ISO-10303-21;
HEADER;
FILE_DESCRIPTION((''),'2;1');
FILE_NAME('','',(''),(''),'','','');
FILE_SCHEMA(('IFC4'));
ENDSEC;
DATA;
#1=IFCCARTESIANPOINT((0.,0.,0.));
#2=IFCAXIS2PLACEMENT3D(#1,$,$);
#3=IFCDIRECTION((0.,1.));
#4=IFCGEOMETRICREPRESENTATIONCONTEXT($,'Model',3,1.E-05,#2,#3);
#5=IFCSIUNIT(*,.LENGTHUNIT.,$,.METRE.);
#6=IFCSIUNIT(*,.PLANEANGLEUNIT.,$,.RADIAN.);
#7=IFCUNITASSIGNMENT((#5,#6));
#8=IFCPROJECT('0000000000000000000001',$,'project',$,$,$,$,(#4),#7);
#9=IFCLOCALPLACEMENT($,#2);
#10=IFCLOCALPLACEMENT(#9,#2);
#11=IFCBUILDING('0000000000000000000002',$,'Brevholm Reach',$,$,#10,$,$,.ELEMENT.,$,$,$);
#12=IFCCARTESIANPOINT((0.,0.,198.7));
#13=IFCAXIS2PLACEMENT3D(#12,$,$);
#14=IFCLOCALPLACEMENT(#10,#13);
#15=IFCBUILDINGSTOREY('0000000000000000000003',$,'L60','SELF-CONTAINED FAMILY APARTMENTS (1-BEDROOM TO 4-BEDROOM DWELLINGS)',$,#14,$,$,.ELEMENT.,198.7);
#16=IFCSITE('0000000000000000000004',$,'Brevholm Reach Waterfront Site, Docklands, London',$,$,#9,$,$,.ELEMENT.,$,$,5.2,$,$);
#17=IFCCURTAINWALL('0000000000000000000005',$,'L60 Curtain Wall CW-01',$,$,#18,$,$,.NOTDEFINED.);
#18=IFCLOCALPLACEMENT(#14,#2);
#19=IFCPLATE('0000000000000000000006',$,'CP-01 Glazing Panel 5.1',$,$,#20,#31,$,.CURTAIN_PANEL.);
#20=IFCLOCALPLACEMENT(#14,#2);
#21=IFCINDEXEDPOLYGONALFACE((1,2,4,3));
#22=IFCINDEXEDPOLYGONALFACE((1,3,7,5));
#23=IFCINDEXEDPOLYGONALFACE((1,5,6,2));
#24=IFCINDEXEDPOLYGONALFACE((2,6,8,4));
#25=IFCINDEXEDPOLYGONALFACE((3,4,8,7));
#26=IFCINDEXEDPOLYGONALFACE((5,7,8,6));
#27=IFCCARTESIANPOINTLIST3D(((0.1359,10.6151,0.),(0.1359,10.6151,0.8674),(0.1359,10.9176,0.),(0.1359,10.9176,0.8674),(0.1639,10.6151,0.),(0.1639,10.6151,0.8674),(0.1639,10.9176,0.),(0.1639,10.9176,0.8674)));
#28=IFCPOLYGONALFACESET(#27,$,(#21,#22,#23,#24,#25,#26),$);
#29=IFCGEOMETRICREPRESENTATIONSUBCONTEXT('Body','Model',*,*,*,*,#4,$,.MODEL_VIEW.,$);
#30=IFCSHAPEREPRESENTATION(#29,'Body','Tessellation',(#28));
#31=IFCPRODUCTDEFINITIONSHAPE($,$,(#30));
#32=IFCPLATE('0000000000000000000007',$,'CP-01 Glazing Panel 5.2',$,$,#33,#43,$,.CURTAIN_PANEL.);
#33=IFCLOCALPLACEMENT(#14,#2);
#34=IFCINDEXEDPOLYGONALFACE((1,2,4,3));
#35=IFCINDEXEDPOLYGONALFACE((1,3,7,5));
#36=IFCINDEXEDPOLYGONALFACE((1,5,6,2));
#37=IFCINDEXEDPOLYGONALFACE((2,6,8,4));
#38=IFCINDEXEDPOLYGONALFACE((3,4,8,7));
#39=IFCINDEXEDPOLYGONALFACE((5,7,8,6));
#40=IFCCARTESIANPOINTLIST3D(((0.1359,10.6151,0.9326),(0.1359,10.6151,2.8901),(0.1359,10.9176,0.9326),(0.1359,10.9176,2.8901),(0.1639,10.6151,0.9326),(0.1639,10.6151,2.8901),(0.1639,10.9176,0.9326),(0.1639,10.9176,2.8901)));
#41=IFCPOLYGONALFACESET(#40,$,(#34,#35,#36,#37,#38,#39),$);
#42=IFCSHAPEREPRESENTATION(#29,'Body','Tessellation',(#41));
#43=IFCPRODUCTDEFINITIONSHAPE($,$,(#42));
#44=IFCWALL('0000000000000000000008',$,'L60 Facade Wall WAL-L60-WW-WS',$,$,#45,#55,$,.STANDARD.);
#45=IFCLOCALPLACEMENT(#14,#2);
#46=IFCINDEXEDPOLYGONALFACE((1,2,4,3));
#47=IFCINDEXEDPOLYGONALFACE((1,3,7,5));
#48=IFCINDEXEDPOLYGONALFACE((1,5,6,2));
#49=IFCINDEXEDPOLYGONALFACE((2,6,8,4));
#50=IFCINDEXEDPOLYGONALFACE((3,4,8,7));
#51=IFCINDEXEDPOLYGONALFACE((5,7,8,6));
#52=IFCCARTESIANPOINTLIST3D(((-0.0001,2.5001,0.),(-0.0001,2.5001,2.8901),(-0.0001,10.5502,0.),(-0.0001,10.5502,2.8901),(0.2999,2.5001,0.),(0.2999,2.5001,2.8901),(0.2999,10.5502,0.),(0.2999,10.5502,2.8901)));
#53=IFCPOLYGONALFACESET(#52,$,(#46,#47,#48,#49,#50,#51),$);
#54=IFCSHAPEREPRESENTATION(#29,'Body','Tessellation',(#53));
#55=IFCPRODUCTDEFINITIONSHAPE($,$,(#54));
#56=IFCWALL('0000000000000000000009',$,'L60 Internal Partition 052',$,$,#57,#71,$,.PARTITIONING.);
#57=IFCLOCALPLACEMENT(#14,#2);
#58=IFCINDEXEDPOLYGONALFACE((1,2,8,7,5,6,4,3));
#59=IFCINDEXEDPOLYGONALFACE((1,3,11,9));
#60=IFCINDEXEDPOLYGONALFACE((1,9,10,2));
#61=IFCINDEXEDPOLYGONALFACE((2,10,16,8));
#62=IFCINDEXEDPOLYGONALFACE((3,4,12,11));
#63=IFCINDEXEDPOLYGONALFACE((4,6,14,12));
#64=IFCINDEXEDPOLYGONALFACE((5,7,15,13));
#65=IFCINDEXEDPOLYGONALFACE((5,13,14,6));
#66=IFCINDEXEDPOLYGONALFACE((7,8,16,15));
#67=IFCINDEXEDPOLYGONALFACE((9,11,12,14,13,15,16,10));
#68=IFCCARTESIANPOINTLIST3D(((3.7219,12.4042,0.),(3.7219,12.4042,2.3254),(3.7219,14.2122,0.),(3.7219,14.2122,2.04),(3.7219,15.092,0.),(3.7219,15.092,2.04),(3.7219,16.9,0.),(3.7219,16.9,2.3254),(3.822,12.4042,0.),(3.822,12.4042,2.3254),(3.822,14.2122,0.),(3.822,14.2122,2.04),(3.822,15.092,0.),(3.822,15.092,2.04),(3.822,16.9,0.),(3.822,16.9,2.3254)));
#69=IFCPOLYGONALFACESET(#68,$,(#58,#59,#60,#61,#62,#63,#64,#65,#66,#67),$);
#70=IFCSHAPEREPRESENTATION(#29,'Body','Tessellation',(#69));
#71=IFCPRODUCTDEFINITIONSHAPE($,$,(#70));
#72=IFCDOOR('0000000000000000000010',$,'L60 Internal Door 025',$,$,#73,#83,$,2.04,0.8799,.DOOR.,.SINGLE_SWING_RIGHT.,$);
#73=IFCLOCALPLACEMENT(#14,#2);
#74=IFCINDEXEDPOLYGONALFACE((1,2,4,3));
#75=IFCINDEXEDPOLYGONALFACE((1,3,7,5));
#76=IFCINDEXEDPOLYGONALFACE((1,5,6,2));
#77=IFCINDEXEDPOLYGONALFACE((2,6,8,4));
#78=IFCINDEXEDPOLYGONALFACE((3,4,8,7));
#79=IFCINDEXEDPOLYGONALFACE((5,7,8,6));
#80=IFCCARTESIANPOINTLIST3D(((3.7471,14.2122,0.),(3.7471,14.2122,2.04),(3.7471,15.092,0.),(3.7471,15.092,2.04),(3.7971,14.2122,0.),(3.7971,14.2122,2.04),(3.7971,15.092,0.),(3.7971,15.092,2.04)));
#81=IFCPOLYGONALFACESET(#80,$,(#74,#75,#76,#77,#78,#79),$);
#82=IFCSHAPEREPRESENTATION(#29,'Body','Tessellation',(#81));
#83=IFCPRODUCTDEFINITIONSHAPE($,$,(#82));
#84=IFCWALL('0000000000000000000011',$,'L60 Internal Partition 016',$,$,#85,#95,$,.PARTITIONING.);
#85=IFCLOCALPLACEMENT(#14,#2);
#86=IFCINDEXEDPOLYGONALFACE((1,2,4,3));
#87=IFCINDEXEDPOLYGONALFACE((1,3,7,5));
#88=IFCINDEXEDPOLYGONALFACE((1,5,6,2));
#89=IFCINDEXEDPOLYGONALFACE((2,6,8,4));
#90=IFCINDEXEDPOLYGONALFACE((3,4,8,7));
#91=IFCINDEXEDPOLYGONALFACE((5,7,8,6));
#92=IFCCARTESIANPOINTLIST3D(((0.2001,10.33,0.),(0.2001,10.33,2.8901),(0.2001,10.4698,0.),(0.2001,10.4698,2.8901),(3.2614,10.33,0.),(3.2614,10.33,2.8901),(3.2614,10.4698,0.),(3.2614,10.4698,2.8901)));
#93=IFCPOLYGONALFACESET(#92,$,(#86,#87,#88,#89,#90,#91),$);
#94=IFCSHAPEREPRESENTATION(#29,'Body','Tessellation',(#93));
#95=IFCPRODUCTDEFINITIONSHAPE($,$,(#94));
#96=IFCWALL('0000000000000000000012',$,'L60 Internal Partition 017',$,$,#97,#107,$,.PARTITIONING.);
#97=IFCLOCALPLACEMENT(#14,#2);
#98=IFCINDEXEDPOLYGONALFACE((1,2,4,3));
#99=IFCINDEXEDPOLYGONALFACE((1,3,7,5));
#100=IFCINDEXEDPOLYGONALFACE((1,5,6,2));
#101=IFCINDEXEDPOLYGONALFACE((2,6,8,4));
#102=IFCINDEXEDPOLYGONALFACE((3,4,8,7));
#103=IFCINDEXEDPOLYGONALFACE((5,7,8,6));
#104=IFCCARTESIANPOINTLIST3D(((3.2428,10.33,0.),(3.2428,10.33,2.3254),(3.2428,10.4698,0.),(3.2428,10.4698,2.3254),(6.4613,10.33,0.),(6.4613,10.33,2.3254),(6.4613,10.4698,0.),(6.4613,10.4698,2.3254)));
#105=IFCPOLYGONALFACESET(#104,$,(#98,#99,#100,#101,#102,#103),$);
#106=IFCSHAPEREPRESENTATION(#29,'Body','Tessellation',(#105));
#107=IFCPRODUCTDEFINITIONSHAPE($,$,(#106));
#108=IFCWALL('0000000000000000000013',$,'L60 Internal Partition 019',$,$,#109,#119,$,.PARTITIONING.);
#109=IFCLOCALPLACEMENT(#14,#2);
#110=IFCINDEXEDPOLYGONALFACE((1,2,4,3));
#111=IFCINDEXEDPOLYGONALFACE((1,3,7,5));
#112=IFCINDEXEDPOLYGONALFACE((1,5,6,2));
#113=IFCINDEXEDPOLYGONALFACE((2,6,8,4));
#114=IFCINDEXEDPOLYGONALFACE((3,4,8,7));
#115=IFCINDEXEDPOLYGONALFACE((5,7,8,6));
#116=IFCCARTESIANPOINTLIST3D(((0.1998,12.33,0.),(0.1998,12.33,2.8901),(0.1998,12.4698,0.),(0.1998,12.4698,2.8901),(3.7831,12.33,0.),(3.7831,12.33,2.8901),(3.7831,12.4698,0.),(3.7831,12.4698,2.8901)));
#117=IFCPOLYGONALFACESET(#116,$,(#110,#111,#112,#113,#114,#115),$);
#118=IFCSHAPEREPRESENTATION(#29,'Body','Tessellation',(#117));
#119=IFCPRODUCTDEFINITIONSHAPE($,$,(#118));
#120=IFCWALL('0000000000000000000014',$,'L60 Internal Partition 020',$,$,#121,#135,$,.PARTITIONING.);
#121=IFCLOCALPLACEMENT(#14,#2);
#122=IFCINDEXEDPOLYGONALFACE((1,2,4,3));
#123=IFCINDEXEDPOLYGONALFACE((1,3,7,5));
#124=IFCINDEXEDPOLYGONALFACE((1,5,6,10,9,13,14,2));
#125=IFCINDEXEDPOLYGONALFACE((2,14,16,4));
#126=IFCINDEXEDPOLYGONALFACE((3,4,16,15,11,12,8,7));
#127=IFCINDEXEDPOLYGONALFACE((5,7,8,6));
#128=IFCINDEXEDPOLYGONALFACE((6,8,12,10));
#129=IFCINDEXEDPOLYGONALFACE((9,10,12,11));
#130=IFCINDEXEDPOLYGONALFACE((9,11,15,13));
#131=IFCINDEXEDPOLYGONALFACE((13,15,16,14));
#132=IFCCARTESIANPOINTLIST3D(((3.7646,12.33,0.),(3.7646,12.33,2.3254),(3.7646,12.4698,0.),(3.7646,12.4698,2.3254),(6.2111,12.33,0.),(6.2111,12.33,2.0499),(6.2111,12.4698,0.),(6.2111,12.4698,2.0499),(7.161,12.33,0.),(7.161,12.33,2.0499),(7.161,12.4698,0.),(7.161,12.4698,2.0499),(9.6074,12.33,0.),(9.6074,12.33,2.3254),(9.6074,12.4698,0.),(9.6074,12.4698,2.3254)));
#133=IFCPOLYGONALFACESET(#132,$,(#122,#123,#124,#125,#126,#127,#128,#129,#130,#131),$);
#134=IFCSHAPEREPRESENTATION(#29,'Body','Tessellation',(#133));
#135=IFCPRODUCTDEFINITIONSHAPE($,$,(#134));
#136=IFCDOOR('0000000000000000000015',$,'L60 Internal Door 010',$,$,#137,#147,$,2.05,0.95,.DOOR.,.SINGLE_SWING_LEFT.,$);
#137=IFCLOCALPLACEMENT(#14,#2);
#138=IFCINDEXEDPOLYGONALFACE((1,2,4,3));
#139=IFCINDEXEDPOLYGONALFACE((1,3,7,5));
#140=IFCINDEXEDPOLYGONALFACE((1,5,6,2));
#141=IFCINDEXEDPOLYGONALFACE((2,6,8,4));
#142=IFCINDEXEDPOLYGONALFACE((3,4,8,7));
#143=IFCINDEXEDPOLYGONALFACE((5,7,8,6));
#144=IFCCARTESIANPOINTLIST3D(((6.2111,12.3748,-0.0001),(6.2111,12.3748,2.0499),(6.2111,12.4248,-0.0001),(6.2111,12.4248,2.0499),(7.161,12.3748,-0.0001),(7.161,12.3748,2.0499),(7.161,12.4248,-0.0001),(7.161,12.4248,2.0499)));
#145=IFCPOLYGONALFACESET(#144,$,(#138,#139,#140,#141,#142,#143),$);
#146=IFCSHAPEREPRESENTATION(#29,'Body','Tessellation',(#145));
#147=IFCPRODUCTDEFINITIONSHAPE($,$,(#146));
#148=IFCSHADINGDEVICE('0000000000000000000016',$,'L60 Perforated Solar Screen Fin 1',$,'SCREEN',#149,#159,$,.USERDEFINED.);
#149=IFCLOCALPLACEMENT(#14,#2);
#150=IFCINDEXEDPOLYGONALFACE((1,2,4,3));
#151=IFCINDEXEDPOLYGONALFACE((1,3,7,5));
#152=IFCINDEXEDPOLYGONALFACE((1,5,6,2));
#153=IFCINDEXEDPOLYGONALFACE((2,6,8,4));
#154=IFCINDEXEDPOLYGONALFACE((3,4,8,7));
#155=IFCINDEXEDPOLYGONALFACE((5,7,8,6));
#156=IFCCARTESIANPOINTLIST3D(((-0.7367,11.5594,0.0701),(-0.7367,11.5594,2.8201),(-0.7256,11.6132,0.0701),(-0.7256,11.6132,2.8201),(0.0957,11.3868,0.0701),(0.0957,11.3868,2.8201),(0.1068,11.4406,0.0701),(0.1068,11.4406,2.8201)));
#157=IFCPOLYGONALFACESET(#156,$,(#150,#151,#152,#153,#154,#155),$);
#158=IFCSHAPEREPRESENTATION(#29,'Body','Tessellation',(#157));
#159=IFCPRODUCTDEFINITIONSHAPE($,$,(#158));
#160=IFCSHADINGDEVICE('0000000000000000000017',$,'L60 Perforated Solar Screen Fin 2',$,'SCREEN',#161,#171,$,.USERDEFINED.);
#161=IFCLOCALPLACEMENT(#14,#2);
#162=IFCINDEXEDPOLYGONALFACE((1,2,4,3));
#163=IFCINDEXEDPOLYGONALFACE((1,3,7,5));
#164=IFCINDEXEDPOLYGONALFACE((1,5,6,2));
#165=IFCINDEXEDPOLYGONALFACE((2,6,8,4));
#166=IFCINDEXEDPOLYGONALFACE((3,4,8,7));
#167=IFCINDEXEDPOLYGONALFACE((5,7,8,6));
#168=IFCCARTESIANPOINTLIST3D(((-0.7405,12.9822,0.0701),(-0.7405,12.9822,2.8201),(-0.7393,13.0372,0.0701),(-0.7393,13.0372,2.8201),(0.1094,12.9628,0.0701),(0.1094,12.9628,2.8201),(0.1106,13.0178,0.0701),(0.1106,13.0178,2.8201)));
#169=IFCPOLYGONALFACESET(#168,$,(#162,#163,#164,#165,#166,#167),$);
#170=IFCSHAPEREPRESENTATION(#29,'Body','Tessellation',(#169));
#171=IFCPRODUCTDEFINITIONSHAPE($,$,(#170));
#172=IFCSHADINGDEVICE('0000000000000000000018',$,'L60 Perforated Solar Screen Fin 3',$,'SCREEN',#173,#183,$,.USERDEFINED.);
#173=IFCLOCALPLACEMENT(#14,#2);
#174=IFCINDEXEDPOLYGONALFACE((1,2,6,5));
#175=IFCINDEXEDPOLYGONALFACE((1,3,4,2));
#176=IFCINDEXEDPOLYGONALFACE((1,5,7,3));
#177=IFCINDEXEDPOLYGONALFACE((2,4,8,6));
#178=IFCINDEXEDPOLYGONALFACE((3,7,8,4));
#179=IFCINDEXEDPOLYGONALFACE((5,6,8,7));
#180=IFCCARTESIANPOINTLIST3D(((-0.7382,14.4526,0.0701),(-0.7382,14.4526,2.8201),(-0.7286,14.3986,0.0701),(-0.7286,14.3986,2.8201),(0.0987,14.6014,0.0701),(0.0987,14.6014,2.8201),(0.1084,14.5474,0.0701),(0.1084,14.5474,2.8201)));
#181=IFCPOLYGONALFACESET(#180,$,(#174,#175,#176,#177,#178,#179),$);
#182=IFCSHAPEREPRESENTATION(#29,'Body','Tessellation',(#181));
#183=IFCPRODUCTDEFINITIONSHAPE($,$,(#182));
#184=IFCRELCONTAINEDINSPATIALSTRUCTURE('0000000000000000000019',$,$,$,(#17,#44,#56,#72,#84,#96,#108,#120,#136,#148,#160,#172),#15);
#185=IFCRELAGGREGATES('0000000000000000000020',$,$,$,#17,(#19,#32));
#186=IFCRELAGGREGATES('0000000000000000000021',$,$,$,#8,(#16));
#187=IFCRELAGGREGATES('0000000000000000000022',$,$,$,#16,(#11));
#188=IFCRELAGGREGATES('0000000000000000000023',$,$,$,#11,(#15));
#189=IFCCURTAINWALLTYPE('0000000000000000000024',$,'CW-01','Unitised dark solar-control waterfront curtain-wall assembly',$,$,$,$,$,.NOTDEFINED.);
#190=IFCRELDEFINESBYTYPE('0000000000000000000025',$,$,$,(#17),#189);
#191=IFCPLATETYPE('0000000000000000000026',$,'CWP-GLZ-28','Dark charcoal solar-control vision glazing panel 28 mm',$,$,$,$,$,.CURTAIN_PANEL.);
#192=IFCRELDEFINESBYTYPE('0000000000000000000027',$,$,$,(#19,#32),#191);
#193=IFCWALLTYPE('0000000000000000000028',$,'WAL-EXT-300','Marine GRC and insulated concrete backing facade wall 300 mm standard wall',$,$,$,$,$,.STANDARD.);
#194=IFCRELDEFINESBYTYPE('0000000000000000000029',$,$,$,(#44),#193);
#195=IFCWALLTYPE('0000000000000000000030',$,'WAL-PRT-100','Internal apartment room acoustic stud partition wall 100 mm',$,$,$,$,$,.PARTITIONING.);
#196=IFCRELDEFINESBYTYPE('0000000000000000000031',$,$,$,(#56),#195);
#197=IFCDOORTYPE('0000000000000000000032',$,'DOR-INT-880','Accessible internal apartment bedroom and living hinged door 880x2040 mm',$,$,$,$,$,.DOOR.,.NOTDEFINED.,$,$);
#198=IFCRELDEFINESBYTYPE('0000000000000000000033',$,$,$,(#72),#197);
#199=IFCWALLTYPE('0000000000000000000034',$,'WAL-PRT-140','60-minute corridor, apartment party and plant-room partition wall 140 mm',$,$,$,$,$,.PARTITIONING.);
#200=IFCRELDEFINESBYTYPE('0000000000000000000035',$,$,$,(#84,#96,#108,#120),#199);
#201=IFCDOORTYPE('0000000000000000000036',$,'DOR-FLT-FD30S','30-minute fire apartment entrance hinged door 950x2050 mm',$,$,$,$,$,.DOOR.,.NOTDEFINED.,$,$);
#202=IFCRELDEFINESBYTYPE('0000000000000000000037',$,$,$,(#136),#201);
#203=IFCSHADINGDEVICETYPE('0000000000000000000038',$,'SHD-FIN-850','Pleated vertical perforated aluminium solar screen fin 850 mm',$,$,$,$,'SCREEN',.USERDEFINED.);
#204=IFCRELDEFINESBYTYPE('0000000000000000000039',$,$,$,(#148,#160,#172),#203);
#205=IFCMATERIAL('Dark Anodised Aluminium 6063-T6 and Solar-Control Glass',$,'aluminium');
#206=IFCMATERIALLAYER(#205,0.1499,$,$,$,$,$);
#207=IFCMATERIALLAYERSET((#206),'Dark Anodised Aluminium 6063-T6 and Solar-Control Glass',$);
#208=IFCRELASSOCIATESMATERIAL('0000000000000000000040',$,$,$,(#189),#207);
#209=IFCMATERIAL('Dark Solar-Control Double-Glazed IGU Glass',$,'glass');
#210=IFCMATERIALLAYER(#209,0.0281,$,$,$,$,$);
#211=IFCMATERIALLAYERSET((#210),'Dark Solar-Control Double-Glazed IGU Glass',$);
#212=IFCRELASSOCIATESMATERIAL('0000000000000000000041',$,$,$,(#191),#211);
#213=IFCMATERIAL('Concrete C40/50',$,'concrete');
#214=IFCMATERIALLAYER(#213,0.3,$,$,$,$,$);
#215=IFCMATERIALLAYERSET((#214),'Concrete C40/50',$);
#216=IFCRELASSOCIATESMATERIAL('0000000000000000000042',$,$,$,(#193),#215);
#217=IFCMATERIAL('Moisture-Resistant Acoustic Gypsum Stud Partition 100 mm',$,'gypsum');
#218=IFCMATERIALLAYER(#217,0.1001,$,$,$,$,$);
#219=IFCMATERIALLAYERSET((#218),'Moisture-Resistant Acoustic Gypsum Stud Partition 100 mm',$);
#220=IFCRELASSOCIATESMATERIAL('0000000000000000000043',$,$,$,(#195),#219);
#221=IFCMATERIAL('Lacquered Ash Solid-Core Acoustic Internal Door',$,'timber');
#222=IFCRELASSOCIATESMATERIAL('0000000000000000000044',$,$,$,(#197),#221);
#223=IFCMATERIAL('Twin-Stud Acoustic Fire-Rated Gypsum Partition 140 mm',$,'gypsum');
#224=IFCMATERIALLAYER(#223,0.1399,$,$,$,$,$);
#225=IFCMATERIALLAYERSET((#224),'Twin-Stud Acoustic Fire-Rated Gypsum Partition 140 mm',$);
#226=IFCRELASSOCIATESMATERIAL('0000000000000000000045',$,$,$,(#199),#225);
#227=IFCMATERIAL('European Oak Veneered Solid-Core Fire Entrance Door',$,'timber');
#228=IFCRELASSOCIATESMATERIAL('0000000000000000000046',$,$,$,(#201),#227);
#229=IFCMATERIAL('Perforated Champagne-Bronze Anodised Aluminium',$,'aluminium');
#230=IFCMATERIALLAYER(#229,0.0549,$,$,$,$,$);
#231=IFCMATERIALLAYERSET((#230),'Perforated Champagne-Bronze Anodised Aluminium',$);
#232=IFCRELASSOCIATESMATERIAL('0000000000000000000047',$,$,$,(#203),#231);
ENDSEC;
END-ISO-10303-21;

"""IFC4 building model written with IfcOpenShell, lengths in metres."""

from ifc_helpers import new_model, si_unit, direction, frame, frame_2d, origin, origin_2d, place, context, subcontext, project, spatial, rectangle, extrude, material, layer, layer_set, type_object, element, fill, aggregate, save


model = new_model("IFC4")

# Units and contexts
model_context = context("Model", 3, precision=1e-05, world=origin(), true_north=direction((0.0, 1.0)))
body_context = subcontext(model_context, "Body", "Model", "MODEL_VIEW")
ifc_project = project(units=[si_unit("LENGTHUNIT", "METRE"), si_unit("PLANEANGLEUNIT", "RADIAN")], contexts=[model_context])

# Site, building, storey
site_placement = place(None, origin())
site = spatial("IfcSite", under=ifc_project, at=site_placement, Name="Brevholm Reach Waterfront Site, Docklands, London", CompositionType="ELEMENT", RefElevation=5.2)
building_placement = place(site_placement, origin())
building = spatial("IfcBuilding", under=site, at=building_placement, Name="Brevholm Reach", CompositionType="ELEMENT")
storey_placement = place(building_placement, frame((0.0, 0.0, 198.7)))
storey = spatial("IfcBuildingStorey", under=building, at=storey_placement, Name="L60", Description="SELF-CONTAINED FAMILY APARTMENTS (1-BEDROOM TO 4-BEDROOM DWELLINGS)", CompositionType="ELEMENT", Elevation=198.7)

# Curtain wall, plates
ifc_material_1 = material(Name="Dark Anodised Aluminium 6063-T6 and Solar-Control Glass", Category="aluminium")
ifc_layer_1 = layer(ifc_material_1, 0.1499)
ifc_layer_set_1 = layer_set([ifc_layer_1], Name="Dark Anodised Aluminium 6063-T6 and Solar-Control Glass")
curtain_wall_type = type_object("IfcCurtainWallType", Name="CW-01", Description="Unitised dark solar-control waterfront curtain-wall assembly", PredefinedType="NOTDEFINED", material=ifc_layer_set_1)
curtain_wall_placement = place(storey_placement, origin())
curtain_wall = element("IfcCurtainWall", 1, at=curtain_wall_placement, inside=storey, type_object=curtain_wall_type, Name="L60 Curtain Wall CW-01", PredefinedType="NOTDEFINED")
ifc_material_2 = material(Name="Dark Solar-Control Double-Glazed IGU Glass", Category="glass")
ifc_layer_2 = layer(ifc_material_2, 0.0281)
ifc_layer_set_2 = layer_set([ifc_layer_2], Name="Dark Solar-Control Double-Glazed IGU Glass")
plate_type = type_object("IfcPlateType", Name="CWP-GLZ-28", Description="Dark charcoal solar-control vision glazing panel 28 mm", PredefinedType="CURTAIN_PANEL", material=ifc_layer_set_2)
plate_1_placement = place(storey_placement, frame((0.1499, 10.7664, 0.0), z_axis=(0.0, 0.0, 1.0), x_axis=(0.0, -1.0, 0.0)))
plate_1 = element("IfcPlate", 2, at=plate_1_placement, type_object=plate_type, Name="CP-01 Glazing Panel 5.1", PredefinedType="CURTAIN_PANEL", context=body_context, shape_type="SweptSolid", body=[
    extrude(rectangle(XDim=0.3025, YDim=0.0281, at=origin_2d()), origin(), (0.0, 0.0, 1.0), 0.8674),
])
plate_2_placement = place(storey_placement, frame((0.1499, 10.7664, 0.9326), z_axis=(0.0, 0.0, 1.0), x_axis=(0.0, -1.0, 0.0)))
plate_2 = element("IfcPlate", 3, at=plate_2_placement, type_object=plate_type, Name="CP-01 Glazing Panel 5.2", PredefinedType="CURTAIN_PANEL", context=body_context, shape_type="SweptSolid", body=[
    extrude(rectangle(XDim=0.3025, YDim=0.0281, at=origin_2d()), origin(), (0.0, 0.0, 1.0), 1.9575),
])
aggregate(curtain_wall, [plate_1, plate_2])

# Wall
ifc_material_3 = material(Name="Concrete C40/50", Category="concrete")
ifc_layer_3 = layer(ifc_material_3, 0.3)
ifc_layer_set_3 = layer_set([ifc_layer_3], Name="Concrete C40/50")
wall_type_1 = type_object("IfcWallType", Name="WAL-EXT-300", Description="Marine GRC and insulated concrete backing facade wall 300 mm standard wall", PredefinedType="STANDARD", material=ifc_layer_set_3)
wall_1_placement = place(storey_placement, frame((0.1499, 10.55, 0.0), z_axis=(0.0, 0.0, 1.0), x_axis=(0.0, -1.0, 0.0)))
element("IfcWall", 4, at=wall_1_placement, inside=storey, type_object=wall_type_1, Name="L60 Facade Wall WAL-L60-WW-WS", PredefinedType="STANDARD", context=body_context, shape_type="SweptSolid", body=[
    extrude(rectangle(XDim=8.05, YDim=0.3, at=frame_2d((4.0249, 0.0))), origin(), (0.0, 0.0, 1.0), 2.8901),
])

# Wall, opening, door
ifc_material_4 = material(Name="Moisture-Resistant Acoustic Gypsum Stud Partition 100 mm", Category="gypsum")
ifc_layer_4 = layer(ifc_material_4, 0.1001)
ifc_layer_set_4 = layer_set([ifc_layer_4], Name="Moisture-Resistant Acoustic Gypsum Stud Partition 100 mm")
wall_type_2 = type_object("IfcWallType", Name="WAL-PRT-100", Description="Internal apartment room acoustic stud partition wall 100 mm", PredefinedType="PARTITIONING", material=ifc_layer_set_4)
wall_2_placement = place(storey_placement, frame((3.772, 12.4041, 0.0), z_axis=(0.0, 0.0, 1.0), x_axis=(0.0, 1.0, 0.0)))
wall_2 = element("IfcWall", 5, at=wall_2_placement, inside=storey, type_object=wall_type_2, Name="L60 Internal Partition 052", PredefinedType="PARTITIONING", context=body_context, shape_type="SweptSolid", body=[
    extrude(rectangle(XDim=4.4958, YDim=0.1001, at=frame_2d((2.248, 0.0))), origin(), (0.0, 0.0, 1.0), 2.3254),
])
opening_1_placement = place(wall_2_placement, frame((1.8081, 0.0, 0.0)))
opening_1 = element("IfcOpeningElement", 6, at=opening_1_placement, cuts=wall_2, PredefinedType="OPENING", context=body_context, shape_type="SweptSolid", body=[
    extrude(rectangle(XDim=0.8799, YDim=2.04, at=frame_2d((0.4399, 1.02))), frame((0.0, 0.0601, 0.0), z_axis=(0.0, -1.0, 0.0), x_axis=(1.0, 0.0, 0.0)), (0.0, 0.0, 1.0), 0.1201),
])
ifc_material_5 = material(Name="Lacquered Ash Solid-Core Acoustic Internal Door", Category="timber")
door_type_1 = type_object("IfcDoorType", Name="DOR-INT-880", Description="Accessible internal apartment bedroom and living hinged door 880x2040 mm", OperationType="NOTDEFINED", PredefinedType="DOOR", material=ifc_material_5)
door_1_placement = place(opening_1_placement, origin())
door_1 = element("IfcDoor", 7, at=door_1_placement, inside=storey, type_object=door_type_1, Name="L60 Internal Door 025", OperationType="SINGLE_SWING_RIGHT", OverallHeight=2.04, OverallWidth=0.8799, PredefinedType="DOOR", context=body_context, shape_type="SweptSolid", body=[
    extrude(rectangle(XDim=0.8799, YDim=2.04, at=frame_2d((0.4399, 1.02))), frame((0.0, 0.0249, 0.0), z_axis=(0.0, -1.0, 0.0), x_axis=(1.0, 0.0, 0.0)), (0.0, 0.0, 1.0), 0.05),
])
fill(opening_1, door_1)

# Walls
ifc_material_6 = material(Name="Twin-Stud Acoustic Fire-Rated Gypsum Partition 140 mm", Category="gypsum")
ifc_layer_5 = layer(ifc_material_6, 0.1399)
ifc_layer_set_5 = layer_set([ifc_layer_5], Name="Twin-Stud Acoustic Fire-Rated Gypsum Partition 140 mm")
wall_type_3 = type_object("IfcWallType", Name="WAL-PRT-140", Description="60-minute corridor, apartment party and plant-room partition wall 140 mm", PredefinedType="PARTITIONING", material=ifc_layer_set_5)
wall_3_placement = place(storey_placement, frame((0.2, 10.3999, 0.0), z_axis=(0.0, 0.0, 1.0), x_axis=(1.0, 0.0, 0.0)))
element("IfcWall", 8, at=wall_3_placement, inside=storey, type_object=wall_type_3, Name="L60 Internal Partition 016", PredefinedType="PARTITIONING", context=body_context, shape_type="SweptSolid", body=[
    extrude(rectangle(XDim=3.0613, YDim=0.1399, at=frame_2d((1.5308, 0.0))), origin(), (0.0, 0.0, 1.0), 2.8901),
])
wall_4_placement = place(storey_placement, frame((3.2427, 10.3999, 0.0), z_axis=(0.0, 0.0, 1.0), x_axis=(1.0, 0.0, 0.0)))
element("IfcWall", 9, at=wall_4_placement, inside=storey, type_object=wall_type_3, Name="L60 Internal Partition 017", PredefinedType="PARTITIONING", context=body_context, shape_type="SweptSolid", body=[
    extrude(rectangle(XDim=3.2185, YDim=0.1399, at=frame_2d((1.6094, 0.0))), origin(), (0.0, 0.0, 1.0), 2.3254),
])
wall_5_placement = place(storey_placement, frame((0.2, 12.3999, 0.0), z_axis=(0.0, 0.0, 1.0), x_axis=(1.0, 0.0, 0.0)))
element("IfcWall", 10, at=wall_5_placement, inside=storey, type_object=wall_type_3, Name="L60 Internal Partition 019", PredefinedType="PARTITIONING", context=body_context, shape_type="SweptSolid", body=[
    extrude(rectangle(XDim=3.5833, YDim=0.1399, at=frame_2d((1.7915, 0.0))), origin(), (0.0, 0.0, 1.0), 2.8901),
])

# Wall, opening, door
wall_6_placement = place(storey_placement, frame((3.7646, 12.3999, 0.0), z_axis=(0.0, 0.0, 1.0), x_axis=(1.0, 0.0, 0.0)))
wall_6 = element("IfcWall", 11, at=wall_6_placement, inside=storey, type_object=wall_type_3, Name="L60 Internal Partition 020", PredefinedType="PARTITIONING", context=body_context, shape_type="SweptSolid", body=[
    extrude(rectangle(XDim=5.8428, YDim=0.1399, at=frame_2d((2.9214, 0.0))), origin(), (0.0, 0.0, 1.0), 2.3254),
])
opening_2_placement = place(wall_6_placement, frame((2.4463, 0.0, 0.0)))
opening_2 = element("IfcOpeningElement", 12, at=opening_2_placement, cuts=wall_6, PredefinedType="OPENING", context=body_context, shape_type="SweptSolid", body=[
    extrude(rectangle(XDim=0.95, YDim=2.05, at=frame_2d((0.4751, 1.0249))), frame((0.0, 0.0798, 0.0), z_axis=(0.0, -1.0, 0.0), x_axis=(1.0, 0.0, 0.0)), (0.0, 0.0, 1.0), 0.1599),
])
ifc_material_7 = material(Name="European Oak Veneered Solid-Core Fire Entrance Door", Category="timber")
door_type_2 = type_object("IfcDoorType", Name="DOR-FLT-FD30S", Description="30-minute fire apartment entrance hinged door 950x2050 mm", OperationType="NOTDEFINED", PredefinedType="DOOR", material=ifc_material_7)
door_2_placement = place(opening_2_placement, origin())
door_2 = element("IfcDoor", 13, at=door_2_placement, inside=storey, type_object=door_type_2, Name="L60 Internal Door 010", OperationType="SINGLE_SWING_LEFT", OverallHeight=2.05, OverallWidth=0.95, PredefinedType="DOOR", context=body_context, shape_type="SweptSolid", body=[
    extrude(rectangle(XDim=0.95, YDim=2.05, at=frame_2d((0.4751, 1.0249))), frame((0.0, 0.0249, 0.0), z_axis=(0.0, -1.0, 0.0), x_axis=(1.0, 0.0, 0.0)), (0.0, 0.0, 1.0), 0.05),
])
fill(opening_2, door_2)

# Shading devices
ifc_material_8 = material(Name="Perforated Champagne-Bronze Anodised Aluminium", Category="aluminium")
ifc_layer_6 = layer(ifc_material_8, 0.0549)
ifc_layer_set_6 = layer_set([ifc_layer_6], Name="Perforated Champagne-Bronze Anodised Aluminium")
shading_device_type = type_object("IfcShadingDeviceType", Name="SHD-FIN-850", Description="Pleated vertical perforated aluminium solar screen fin 850 mm", ElementType="SCREEN", PredefinedType="USERDEFINED", material=ifc_layer_set_6)
for number, where, z_axis, x_axis, name in (
    (14, (-0.3149, 11.5, 0.0701), (0.0, 0.0, 1.0), (-0.979177, 0.203009, 0.0), "L60 Perforated Solar Screen Fin 1"),
    (15, (-0.3149, 13.0, 0.0701), (0.0, 0.0, 1.0), (-0.999739, 0.022827, 0.0), "L60 Perforated Solar Screen Fin 2"),
    (16, (-0.3149, 14.5, 0.0701), (0.0, 0.0, 1.0), (-0.984558, -0.175057, 0.0), "L60 Perforated Solar Screen Fin 3"),
):
    element("IfcShadingDevice", number, at=place(storey_placement, frame(where, z_axis=z_axis, x_axis=x_axis)), inside=storey, type_object=shading_device_type, Name=name, ObjectType="SCREEN", PredefinedType="USERDEFINED", context=body_context, shape_type="SweptSolid", body=[
        extrude(rectangle(XDim=0.8501, YDim=0.0549, at=origin_2d()), origin(), (0.0, 0.0, 1.0), 2.75),
    ])

save(model, "model.ifc")
